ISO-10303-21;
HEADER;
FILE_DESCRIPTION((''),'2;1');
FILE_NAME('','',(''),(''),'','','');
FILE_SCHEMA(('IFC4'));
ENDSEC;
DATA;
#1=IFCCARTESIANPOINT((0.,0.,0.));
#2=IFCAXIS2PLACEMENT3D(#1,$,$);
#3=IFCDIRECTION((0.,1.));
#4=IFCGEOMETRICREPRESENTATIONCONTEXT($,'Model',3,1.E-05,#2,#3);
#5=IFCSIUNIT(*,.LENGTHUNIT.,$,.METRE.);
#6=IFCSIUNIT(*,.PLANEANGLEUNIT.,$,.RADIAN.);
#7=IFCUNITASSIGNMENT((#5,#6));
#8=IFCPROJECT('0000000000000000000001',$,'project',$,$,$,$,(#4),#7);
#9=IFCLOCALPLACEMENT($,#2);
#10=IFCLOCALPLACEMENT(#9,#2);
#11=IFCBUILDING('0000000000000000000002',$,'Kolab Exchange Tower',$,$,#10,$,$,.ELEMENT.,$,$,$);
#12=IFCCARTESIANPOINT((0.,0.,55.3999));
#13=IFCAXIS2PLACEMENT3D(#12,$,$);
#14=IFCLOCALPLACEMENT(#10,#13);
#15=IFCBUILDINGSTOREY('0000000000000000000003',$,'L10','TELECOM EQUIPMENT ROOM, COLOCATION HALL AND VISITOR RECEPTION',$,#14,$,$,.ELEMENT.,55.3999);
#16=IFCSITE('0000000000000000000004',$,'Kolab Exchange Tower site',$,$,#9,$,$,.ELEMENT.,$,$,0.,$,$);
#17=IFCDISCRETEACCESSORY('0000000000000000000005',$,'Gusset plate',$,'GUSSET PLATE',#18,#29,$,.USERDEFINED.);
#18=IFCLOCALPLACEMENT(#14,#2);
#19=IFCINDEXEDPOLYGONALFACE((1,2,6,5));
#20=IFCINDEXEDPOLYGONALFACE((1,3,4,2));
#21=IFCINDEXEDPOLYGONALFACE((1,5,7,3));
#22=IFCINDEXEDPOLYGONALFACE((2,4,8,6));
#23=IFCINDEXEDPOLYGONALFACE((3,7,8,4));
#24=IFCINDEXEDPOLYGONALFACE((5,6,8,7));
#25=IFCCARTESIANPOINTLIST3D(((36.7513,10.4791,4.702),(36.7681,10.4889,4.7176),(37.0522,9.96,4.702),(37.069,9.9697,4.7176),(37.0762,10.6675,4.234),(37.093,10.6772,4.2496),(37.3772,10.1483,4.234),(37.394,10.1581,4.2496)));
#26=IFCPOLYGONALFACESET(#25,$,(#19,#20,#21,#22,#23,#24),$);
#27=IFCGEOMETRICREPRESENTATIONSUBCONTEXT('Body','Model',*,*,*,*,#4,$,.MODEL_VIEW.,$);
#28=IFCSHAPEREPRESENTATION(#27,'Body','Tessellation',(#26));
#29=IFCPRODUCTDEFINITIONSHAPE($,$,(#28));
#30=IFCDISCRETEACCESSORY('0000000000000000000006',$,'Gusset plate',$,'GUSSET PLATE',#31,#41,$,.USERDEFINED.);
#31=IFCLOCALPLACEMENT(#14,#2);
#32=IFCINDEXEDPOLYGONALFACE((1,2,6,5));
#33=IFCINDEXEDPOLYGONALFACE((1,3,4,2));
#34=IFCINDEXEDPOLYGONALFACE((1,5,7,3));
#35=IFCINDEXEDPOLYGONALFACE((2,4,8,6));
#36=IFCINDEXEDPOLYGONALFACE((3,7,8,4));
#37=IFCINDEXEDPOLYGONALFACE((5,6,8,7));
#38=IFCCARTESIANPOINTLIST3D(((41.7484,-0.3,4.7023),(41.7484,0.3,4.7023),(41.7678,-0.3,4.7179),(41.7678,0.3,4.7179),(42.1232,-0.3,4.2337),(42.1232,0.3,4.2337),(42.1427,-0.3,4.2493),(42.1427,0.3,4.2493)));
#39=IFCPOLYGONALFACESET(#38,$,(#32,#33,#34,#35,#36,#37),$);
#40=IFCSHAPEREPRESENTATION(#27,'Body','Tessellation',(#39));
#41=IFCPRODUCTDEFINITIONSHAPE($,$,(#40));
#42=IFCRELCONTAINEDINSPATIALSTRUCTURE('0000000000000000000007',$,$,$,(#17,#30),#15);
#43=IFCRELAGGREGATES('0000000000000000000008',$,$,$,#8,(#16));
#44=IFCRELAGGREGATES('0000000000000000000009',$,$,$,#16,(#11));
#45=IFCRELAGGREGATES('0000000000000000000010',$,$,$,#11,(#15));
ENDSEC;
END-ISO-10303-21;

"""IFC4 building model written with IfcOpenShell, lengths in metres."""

from ifc_helpers import new_model, si_unit, direction, frame, origin, origin_2d, place, context, subcontext, project, spatial, rectangle, extrude, element, save


model = new_model("IFC4")

# Units and contexts
model_context = context("Model", 3, precision=1e-05, world=origin(), true_north=direction((0.0, 1.0)))
body_context = subcontext(model_context, "Body", "Model", "MODEL_VIEW")
ifc_project = project(units=[si_unit("LENGTHUNIT", "METRE"), si_unit("PLANEANGLEUNIT", "RADIAN")], contexts=[model_context])

# Site, building, storey
site_placement = place(None, origin())
site = spatial("IfcSite", under=ifc_project, at=site_placement, Name="Kolab Exchange Tower site", CompositionType="ELEMENT", RefElevation=0.0)
building_placement = place(site_placement, origin())
building = spatial("IfcBuilding", under=site, at=building_placement, Name="Kolab Exchange Tower", CompositionType="ELEMENT")
storey_placement = place(building_placement, frame((0.0, 0.0, 55.3999)))
storey = spatial("IfcBuildingStorey", under=building, at=storey_placement, Name="L10", Description="TELECOM EQUIPMENT ROOM, COLOCATION HALL AND VISITOR RECEPTION", CompositionType="ELEMENT", Elevation=55.3999)

# Discrete accessories
for number, where, z_axis, x_axis, name in (
    (1, (37.0642, 10.3137, 4.468), (0.674754, 0.391162, 0.625859), (-0.50153, 0.86514, 0.0), "Gusset plate"),
    (2, (41.9358, 0.0, 4.468), (0.780869, 0.0, 0.624695), (0.0, 1.0, 0.0), "Gusset plate"),
):
    element("IfcDiscreteAccessory", number, at=place(storey_placement, frame(where, z_axis=z_axis, x_axis=x_axis)), inside=storey, Name=name, ObjectType="GUSSET PLATE", PredefinedType="USERDEFINED", context=body_context, shape_type="SweptSolid", body=[
        extrude(rectangle(XDim=0.6001, YDim=0.6001, at=origin_2d()), origin(), (0.0, 0.0, 1.0), 0.0249),
    ])

save(model, "model.ifc")
